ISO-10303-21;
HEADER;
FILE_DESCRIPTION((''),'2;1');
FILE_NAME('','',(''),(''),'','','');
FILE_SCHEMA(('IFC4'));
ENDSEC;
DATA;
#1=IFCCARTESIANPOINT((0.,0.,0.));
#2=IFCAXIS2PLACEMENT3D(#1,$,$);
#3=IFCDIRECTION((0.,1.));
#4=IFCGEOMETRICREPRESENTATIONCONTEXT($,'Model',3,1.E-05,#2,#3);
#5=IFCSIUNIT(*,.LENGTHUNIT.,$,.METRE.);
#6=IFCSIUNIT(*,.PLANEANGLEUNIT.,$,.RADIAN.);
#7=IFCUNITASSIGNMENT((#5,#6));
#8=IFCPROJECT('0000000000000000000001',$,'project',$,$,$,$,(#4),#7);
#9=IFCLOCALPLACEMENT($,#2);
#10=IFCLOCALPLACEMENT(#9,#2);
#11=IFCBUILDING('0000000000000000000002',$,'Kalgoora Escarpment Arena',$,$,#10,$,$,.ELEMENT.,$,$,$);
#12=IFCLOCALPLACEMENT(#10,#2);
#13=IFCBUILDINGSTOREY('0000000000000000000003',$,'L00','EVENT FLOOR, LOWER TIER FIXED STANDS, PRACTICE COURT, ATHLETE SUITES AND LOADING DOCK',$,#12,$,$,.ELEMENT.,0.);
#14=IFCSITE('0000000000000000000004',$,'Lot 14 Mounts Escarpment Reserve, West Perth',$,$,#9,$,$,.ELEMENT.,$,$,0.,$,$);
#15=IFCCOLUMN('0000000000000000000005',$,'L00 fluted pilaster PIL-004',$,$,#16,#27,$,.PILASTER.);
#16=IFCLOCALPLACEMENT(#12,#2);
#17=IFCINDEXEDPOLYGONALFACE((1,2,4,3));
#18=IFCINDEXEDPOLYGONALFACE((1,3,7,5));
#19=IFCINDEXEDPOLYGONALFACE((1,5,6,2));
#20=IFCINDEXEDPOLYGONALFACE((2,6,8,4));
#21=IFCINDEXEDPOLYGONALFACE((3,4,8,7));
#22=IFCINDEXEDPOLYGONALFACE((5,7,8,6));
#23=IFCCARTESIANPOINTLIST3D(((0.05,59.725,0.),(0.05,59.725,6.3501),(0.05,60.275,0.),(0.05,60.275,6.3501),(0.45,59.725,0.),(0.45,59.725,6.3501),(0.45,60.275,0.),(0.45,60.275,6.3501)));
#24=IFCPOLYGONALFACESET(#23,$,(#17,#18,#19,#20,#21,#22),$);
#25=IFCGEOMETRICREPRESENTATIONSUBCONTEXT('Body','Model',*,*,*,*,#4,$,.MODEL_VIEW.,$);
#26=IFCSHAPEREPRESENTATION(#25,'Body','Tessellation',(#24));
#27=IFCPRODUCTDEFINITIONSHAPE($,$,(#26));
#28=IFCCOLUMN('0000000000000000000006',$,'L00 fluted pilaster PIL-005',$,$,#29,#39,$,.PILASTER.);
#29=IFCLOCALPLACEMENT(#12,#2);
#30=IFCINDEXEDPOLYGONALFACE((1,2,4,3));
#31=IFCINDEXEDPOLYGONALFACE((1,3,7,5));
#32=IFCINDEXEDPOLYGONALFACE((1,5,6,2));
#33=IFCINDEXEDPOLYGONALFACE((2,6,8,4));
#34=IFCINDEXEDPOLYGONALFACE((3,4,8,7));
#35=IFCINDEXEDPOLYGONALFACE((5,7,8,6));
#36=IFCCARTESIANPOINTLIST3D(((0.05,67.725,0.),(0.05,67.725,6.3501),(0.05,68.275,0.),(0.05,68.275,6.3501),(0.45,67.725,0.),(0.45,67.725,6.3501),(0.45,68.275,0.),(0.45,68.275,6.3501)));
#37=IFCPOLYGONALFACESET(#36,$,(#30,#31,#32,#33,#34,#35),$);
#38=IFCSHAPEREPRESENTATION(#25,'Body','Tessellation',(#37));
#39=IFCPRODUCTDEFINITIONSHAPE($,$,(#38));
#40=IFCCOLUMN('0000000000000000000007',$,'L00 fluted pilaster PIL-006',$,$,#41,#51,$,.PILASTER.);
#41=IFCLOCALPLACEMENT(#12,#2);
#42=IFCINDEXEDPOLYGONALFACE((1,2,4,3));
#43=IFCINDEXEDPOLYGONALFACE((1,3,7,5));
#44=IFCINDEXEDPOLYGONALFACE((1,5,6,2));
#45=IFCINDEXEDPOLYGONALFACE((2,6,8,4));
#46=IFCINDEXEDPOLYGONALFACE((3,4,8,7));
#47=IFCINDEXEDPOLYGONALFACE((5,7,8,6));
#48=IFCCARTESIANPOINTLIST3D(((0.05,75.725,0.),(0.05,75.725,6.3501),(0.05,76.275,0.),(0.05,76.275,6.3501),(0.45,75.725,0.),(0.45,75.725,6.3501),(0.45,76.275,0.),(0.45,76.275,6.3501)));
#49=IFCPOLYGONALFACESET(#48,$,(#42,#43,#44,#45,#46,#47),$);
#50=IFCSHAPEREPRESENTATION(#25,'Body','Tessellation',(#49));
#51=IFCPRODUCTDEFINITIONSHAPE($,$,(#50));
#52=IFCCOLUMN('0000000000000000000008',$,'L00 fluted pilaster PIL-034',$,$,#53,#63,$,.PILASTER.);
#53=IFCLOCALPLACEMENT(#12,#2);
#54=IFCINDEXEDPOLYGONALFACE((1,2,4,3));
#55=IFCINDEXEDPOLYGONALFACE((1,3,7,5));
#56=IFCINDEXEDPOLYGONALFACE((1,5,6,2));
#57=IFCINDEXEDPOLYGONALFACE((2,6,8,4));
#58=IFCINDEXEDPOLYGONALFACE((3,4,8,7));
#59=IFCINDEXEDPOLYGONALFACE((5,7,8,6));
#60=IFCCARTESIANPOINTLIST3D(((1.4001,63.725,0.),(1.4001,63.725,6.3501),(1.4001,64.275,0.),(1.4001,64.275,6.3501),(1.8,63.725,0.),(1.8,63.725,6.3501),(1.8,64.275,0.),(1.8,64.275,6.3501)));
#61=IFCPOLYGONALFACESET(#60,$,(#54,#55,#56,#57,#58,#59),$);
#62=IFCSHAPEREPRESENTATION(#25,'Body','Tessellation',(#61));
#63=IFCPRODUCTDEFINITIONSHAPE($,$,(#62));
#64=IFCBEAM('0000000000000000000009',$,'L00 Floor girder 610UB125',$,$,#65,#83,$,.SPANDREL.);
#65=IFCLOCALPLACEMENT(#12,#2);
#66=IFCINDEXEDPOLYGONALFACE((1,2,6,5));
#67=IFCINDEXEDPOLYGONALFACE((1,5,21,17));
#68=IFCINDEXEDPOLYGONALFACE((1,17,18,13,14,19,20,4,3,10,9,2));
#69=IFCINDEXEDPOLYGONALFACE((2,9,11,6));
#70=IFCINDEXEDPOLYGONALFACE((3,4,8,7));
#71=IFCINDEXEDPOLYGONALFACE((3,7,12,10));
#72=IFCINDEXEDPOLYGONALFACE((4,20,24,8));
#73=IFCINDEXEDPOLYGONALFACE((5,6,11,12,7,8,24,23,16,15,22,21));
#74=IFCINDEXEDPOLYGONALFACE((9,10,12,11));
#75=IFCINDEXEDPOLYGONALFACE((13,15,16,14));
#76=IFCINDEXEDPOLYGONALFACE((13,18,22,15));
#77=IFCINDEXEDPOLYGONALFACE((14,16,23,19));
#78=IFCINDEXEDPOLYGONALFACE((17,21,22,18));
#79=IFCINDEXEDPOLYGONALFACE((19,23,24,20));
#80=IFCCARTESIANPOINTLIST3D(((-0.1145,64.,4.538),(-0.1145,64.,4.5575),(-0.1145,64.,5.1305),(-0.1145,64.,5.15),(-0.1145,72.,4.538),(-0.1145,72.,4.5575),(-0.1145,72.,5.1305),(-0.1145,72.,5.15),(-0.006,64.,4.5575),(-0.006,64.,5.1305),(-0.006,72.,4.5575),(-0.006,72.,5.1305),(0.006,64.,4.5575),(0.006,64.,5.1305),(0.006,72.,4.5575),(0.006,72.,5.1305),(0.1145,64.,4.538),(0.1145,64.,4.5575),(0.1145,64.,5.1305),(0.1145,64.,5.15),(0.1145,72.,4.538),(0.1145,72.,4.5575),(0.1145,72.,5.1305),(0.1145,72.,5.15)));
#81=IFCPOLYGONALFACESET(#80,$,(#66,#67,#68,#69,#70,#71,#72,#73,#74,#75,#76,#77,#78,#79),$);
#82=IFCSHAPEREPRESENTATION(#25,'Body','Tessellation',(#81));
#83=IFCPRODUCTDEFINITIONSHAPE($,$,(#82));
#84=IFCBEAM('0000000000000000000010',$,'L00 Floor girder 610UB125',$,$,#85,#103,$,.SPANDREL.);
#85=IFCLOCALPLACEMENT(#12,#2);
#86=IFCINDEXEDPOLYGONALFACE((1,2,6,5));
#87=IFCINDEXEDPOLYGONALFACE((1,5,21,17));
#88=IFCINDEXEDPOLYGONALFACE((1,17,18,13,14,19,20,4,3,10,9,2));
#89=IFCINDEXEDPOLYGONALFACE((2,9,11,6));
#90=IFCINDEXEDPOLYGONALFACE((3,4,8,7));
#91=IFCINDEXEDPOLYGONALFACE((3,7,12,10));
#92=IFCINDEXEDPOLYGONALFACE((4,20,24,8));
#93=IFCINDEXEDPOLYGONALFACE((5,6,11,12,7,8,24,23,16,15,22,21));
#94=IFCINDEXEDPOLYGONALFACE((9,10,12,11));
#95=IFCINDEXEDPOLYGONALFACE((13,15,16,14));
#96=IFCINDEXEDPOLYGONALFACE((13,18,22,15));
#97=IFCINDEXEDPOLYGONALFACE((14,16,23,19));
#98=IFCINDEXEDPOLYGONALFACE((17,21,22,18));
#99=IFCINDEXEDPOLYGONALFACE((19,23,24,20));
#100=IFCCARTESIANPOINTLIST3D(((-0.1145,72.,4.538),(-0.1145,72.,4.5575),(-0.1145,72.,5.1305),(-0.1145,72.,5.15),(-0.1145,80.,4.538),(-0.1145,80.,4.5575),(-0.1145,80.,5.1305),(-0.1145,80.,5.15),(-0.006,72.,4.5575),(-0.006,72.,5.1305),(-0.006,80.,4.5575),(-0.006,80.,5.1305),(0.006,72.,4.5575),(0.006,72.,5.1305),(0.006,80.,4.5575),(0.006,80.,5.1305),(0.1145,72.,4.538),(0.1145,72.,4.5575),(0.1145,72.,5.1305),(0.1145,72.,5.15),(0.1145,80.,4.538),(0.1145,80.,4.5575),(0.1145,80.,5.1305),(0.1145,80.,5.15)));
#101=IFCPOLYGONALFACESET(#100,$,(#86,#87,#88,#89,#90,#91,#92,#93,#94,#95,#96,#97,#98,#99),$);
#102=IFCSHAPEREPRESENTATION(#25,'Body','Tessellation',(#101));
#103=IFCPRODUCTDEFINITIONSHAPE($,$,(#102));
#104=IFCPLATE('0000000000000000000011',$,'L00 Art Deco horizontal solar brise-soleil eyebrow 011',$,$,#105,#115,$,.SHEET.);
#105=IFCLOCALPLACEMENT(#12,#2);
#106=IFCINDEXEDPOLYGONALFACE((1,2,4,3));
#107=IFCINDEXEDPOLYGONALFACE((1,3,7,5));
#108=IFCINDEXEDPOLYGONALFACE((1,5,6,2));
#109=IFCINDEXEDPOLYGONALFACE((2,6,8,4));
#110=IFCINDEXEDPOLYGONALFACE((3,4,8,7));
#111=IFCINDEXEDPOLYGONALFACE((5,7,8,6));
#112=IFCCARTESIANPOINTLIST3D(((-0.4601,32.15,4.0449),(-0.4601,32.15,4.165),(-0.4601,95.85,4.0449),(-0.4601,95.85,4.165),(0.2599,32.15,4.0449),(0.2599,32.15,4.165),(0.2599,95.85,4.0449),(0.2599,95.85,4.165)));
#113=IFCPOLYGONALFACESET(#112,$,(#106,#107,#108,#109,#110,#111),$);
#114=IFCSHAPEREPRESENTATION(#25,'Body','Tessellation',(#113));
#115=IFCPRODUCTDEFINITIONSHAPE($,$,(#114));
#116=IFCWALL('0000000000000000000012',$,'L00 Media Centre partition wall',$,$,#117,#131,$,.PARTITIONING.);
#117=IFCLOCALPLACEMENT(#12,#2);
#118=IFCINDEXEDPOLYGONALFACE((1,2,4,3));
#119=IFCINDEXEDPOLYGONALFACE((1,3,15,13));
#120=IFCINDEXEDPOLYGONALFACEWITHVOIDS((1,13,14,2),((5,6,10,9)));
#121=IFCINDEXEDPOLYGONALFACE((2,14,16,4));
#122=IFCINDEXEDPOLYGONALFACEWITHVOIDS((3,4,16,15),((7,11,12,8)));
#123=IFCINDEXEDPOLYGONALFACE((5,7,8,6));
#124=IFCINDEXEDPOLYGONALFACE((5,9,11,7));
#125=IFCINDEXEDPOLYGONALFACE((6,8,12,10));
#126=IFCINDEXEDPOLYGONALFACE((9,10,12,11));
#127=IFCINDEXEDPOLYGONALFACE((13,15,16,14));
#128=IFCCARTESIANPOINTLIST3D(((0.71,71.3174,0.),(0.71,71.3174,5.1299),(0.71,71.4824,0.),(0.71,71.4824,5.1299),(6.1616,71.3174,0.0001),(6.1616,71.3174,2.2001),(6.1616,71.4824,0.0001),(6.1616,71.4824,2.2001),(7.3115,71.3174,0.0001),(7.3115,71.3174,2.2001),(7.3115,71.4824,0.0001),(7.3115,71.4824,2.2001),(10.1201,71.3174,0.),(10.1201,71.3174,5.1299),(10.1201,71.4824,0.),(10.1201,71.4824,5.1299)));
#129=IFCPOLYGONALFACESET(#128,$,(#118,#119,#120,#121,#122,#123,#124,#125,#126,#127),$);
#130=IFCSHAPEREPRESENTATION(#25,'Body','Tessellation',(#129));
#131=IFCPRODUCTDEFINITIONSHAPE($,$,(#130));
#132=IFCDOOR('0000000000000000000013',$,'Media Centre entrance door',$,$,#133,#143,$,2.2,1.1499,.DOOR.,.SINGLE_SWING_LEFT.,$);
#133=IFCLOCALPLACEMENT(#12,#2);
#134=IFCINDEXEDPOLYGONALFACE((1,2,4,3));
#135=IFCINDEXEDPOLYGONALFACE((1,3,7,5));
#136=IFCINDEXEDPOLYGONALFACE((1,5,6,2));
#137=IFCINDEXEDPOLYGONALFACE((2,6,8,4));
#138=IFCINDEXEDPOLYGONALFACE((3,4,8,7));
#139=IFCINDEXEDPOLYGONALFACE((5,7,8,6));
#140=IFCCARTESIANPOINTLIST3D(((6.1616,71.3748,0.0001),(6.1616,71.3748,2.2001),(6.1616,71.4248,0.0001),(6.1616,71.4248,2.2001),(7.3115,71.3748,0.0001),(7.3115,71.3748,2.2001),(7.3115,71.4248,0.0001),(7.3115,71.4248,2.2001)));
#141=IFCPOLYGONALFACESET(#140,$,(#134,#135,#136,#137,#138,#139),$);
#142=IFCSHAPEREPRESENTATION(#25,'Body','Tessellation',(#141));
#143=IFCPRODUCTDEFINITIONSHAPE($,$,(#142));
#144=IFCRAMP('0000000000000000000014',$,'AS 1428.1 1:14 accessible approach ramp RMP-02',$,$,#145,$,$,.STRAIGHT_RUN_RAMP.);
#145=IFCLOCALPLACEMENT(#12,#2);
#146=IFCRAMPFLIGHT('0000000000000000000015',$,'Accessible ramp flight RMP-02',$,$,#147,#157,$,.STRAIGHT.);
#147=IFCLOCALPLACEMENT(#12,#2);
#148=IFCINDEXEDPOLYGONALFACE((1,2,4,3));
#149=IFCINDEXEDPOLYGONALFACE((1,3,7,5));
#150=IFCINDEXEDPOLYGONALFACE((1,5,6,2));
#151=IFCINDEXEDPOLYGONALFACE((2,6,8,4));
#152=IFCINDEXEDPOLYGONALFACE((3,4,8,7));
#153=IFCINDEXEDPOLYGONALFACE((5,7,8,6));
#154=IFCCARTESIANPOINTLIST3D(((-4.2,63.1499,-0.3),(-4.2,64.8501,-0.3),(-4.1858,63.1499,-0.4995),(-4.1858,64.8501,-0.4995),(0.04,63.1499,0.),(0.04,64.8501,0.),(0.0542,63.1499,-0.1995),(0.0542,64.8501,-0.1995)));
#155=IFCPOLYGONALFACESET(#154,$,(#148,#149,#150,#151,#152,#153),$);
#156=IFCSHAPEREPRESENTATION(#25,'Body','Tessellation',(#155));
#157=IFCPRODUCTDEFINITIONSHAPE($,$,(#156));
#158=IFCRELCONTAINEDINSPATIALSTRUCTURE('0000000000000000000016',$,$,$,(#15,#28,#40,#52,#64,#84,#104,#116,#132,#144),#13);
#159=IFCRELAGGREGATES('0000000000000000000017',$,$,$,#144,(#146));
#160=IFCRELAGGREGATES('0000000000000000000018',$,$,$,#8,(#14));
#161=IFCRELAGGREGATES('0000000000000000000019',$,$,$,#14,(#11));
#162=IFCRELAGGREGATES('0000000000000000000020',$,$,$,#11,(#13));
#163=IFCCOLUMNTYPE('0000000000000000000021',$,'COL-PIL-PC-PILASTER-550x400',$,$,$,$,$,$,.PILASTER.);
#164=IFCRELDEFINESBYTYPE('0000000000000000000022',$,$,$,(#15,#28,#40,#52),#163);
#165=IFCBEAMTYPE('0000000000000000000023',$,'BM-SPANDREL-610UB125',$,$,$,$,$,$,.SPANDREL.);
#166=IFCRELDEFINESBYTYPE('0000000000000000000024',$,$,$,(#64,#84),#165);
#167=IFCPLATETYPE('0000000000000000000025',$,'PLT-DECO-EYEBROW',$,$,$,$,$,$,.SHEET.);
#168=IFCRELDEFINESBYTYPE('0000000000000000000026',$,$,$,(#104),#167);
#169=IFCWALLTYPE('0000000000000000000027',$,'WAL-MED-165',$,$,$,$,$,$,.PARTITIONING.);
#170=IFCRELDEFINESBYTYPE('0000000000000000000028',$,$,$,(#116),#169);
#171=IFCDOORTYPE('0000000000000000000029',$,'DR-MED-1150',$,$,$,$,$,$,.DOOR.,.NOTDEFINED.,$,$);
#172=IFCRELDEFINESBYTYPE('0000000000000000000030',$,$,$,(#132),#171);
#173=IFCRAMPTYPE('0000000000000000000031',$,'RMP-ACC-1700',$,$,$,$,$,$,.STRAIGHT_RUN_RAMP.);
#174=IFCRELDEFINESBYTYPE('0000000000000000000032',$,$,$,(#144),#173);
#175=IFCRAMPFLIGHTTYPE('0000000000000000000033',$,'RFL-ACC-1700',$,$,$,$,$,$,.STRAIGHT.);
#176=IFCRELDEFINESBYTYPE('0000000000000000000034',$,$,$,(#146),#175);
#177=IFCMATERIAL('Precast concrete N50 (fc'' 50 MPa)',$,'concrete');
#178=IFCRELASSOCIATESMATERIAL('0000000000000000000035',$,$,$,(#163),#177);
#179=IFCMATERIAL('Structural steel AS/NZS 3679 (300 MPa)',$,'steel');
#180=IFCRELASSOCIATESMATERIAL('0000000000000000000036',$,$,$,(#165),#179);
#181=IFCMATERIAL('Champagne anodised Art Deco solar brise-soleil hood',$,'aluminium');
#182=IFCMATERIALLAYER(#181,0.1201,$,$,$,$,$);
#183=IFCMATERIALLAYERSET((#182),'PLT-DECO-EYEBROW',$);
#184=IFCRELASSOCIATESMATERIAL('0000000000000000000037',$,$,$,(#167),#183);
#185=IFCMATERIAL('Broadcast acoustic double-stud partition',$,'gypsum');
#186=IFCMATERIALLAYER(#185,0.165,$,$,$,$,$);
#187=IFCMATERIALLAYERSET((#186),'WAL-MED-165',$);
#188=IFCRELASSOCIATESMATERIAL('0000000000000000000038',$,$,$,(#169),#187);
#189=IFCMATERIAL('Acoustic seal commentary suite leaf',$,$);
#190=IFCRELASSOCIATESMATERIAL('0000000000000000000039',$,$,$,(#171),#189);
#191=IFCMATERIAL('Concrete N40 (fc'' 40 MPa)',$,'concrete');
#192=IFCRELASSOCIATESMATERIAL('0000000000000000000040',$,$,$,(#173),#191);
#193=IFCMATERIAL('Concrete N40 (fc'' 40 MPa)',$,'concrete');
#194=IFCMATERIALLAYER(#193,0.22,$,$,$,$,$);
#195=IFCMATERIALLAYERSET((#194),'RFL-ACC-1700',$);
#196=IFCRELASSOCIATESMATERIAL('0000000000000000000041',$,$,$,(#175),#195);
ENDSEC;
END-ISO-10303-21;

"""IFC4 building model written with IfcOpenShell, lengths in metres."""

from ifc_helpers import new_model, si_unit, direction, frame, frame_2d, origin, origin_2d, place, context, subcontext, project, spatial, polyline, rectangle, i_section, outline, extrude, material, layer, layer_set, material_profile, profile_set, type_object, element, fill, aggregate, save


model = new_model("IFC4")

# Units and contexts
model_context = context("Model", 3, precision=1e-05, world=origin(), true_north=direction((0.0, 1.0)))
body_context = subcontext(model_context, "Body", "Model", "MODEL_VIEW")
ifc_project = project(units=[si_unit("LENGTHUNIT", "METRE"), si_unit("PLANEANGLEUNIT", "RADIAN")], contexts=[model_context])

# Site, building, storey
site_placement = place(None, origin())
site = spatial("IfcSite", under=ifc_project, at=site_placement, Name="Lot 14 Mounts Escarpment Reserve, West Perth", CompositionType="ELEMENT", RefElevation=0.0)
building_placement = place(site_placement, origin())
building = spatial("IfcBuilding", under=site, at=building_placement, Name="Kalgoora Escarpment Arena", CompositionType="ELEMENT")
storey_placement = place(building_placement, origin())
storey = spatial("IfcBuildingStorey", under=building, at=storey_placement, Name="L00", Description="EVENT FLOOR, LOWER TIER FIXED STANDS, PRACTICE COURT, ATHLETE SUITES AND LOADING DOCK", CompositionType="ELEMENT", Elevation=0.0)

# Columns
ifc_material_1 = material(Name="Precast concrete N50 (fc' 50 MPa)", Category="concrete")
ifc_material_profile_1 = material_profile(ifc_material_1, rectangle(XDim=0.3999, YDim=0.55, at=origin_2d()))
ifc_profile_set_1 = profile_set([ifc_material_profile_1], Name="Precast concrete N50 (fc' 50 MPa)")
column_type_1 = type_object("IfcColumnType", Name="COL-PIL-PC-PILASTER-550x400", PredefinedType="PILASTER", material=ifc_profile_set_1)
for number, where, z_axis, x_axis, name in (
    (1, (0.25, 60.0, 0.0), (0.0, 0.0, 1.0), (1.0, 0.0, 0.0), "L00 fluted pilaster PIL-004"),
    (2, (0.25, 68.0, 0.0), (0.0, 0.0, 1.0), (1.0, 0.0, 0.0), "L00 fluted pilaster PIL-005"),
    (3, (0.25, 76.0, 0.0), (0.0, 0.0, 1.0), (1.0, 0.0, 0.0), "L00 fluted pilaster PIL-006"),
    (4, (1.6001, 64.0, 0.0), (0.0, 0.0, 1.0), (-1.0, 0.0, 0.0), "L00 fluted pilaster PIL-034"),
):
    element("IfcColumn", number, at=place(storey_placement, frame(where, z_axis=z_axis, x_axis=x_axis)), inside=storey, type_object=column_type_1, Name=name, PredefinedType="PILASTER", context=body_context, shape_type="SweptSolid", body=[
        extrude(rectangle(XDim=0.3999, YDim=0.55, at=origin_2d()), origin(), (0.0, 0.0, 1.0), 6.3501),
    ])

# Beams
ifc_material_2 = material(Name="Structural steel AS/NZS 3679 (300 MPa)", Category="steel")
ifc_material_profile_2 = material_profile(ifc_material_2, i_section(OverallWidth=0.229, OverallDepth=0.6121, WebThickness=0.012, FlangeThickness=0.0195, at=origin_2d()))
ifc_profile_set_2 = profile_set([ifc_material_profile_2], Name="Structural steel AS/NZS 3679 (300 MPa)")
beam_type = type_object("IfcBeamType", Name="BM-SPANDREL-610UB125", PredefinedType="SPANDREL", material=ifc_profile_set_2)
for number, where, z_axis, x_axis, name in (
    (5, (0.0, 64.0, 4.844), (0.0, 1.0, 0.0), (-1.0, 0.0, 0.0), "L00 Floor girder 610UB125"),
    (6, (0.0, 72.0, 4.844), (0.0, 1.0, 0.0), (-1.0, 0.0, 0.0), "L00 Floor girder 610UB125"),
):
    element("IfcBeam", number, at=place(storey_placement, frame(where, z_axis=z_axis, x_axis=x_axis)), inside=storey, type_object=beam_type, Name=name, PredefinedType="SPANDREL", context=body_context, shape_type="SweptSolid", body=[
        extrude(i_section(OverallWidth=0.229, OverallDepth=0.6121, WebThickness=0.012, FlangeThickness=0.0195, at=origin_2d()), origin(), (0.0, 0.0, 1.0), 8.0),
    ])

# Plate
ifc_material_3 = material(Name="Champagne anodised Art Deco solar brise-soleil hood", Category="aluminium")
ifc_layer_1 = layer(ifc_material_3, 0.1201)
ifc_layer_set_1 = layer_set([ifc_layer_1], Name="PLT-DECO-EYEBROW")
plate_type = type_object("IfcPlateType", Name="PLT-DECO-EYEBROW", PredefinedType="SHEET", material=ifc_layer_set_1)
plate_placement = place(storey_placement, frame((-0.1001, 64.0, 4.0449), z_axis=(0.0, 0.0, 1.0), x_axis=(0.0, 1.0, 0.0)))
element("IfcPlate", 7, at=plate_placement, inside=storey, type_object=plate_type, Name="L00 Art Deco horizontal solar brise-soleil eyebrow 011", PredefinedType="SHEET", context=body_context, shape_type="SweptSolid", body=[
    extrude(rectangle(XDim=63.7, YDim=0.72, at=origin_2d()), origin(), (0.0, 0.0, 1.0), 0.1201),
])

# Wall, opening, door
ifc_material_4 = material(Name="Broadcast acoustic double-stud partition", Category="gypsum")
ifc_layer_2 = layer(ifc_material_4, 0.165)
ifc_layer_set_2 = layer_set([ifc_layer_2], Name="WAL-MED-165")
wall_type = type_object("IfcWallType", Name="WAL-MED-165", PredefinedType="PARTITIONING", material=ifc_layer_set_2)
wall_placement = place(storey_placement, frame((0.71, 71.3999, 0.0), z_axis=(0.0, 0.0, 1.0), x_axis=(1.0, 0.0, 0.0)))
wall = element("IfcWall", 8, at=wall_placement, inside=storey, type_object=wall_type, Name="L00 Media Centre partition wall", PredefinedType="PARTITIONING", context=body_context, shape_type="SweptSolid", body=[
    extrude(rectangle(XDim=9.4102, YDim=0.165, at=frame_2d((4.7051, 0.0))), origin(), (0.0, 0.0, 1.0), 5.1299),
])
opening_placement = place(wall_placement, frame((5.4517, 0.0, 0.0)))
opening = element("IfcOpeningElement", 9, at=opening_placement, cuts=wall, PredefinedType="OPENING", context=body_context, shape_type="SweptSolid", body=[
    extrude(rectangle(XDim=1.1499, YDim=2.2, at=frame_2d((0.575, 1.1001))), frame((0.0, 0.0925, 0.0), z_axis=(0.0, -1.0, 0.0), x_axis=(1.0, 0.0, 0.0)), (0.0, 0.0, 1.0), 0.1851),
])
ifc_material_5 = material(Name="Acoustic seal commentary suite leaf")
door_type = type_object("IfcDoorType", Name="DR-MED-1150", OperationType="NOTDEFINED", PredefinedType="DOOR", material=ifc_material_5)
door_placement = place(opening_placement, origin())
door = element("IfcDoor", 10, at=door_placement, inside=storey, type_object=door_type, Name="Media Centre entrance door", OperationType="SINGLE_SWING_LEFT", OverallHeight=2.2, OverallWidth=1.1499, PredefinedType="DOOR", context=body_context, shape_type="SweptSolid", body=[
    extrude(rectangle(XDim=1.1499, YDim=2.2, at=frame_2d((0.575, 1.1001))), frame((0.0, 0.0249, 0.0), z_axis=(0.0, -1.0, 0.0), x_axis=(1.0, 0.0, 0.0)), (0.0, 0.0, 1.0), 0.05),
])
fill(opening, door)

# Ramp, ramp flight
ifc_material_6 = material(Name="Concrete N40 (fc' 40 MPa)", Category="concrete")
ramp_type = type_object("IfcRampType", Name="RMP-ACC-1700", PredefinedType="STRAIGHT_RUN_RAMP", material=ifc_material_6)
ramp_placement = place(storey_placement, origin())
ramp = element("IfcRamp", 11, at=ramp_placement, inside=storey, type_object=ramp_type, Name="AS 1428.1 1:14 accessible approach ramp RMP-02", PredefinedType="STRAIGHT_RUN_RAMP")
ifc_material_7 = material(Name="Concrete N40 (fc' 40 MPa)", Category="concrete")
ifc_layer_3 = layer(ifc_material_7, 0.22)
ifc_layer_set_3 = layer_set([ifc_layer_3], Name="RFL-ACC-1700")
ramp_flight_type = type_object("IfcRampFlightType", Name="RFL-ACC-1700", PredefinedType="STRAIGHT", material=ifc_layer_set_3)
ramp_flight_placement = place(storey_placement, frame((-4.2, 63.1499, -0.3), z_axis=(-0.07059, 0.0, 0.997505), x_axis=(0.997505, 0.0, 0.07059)))
ramp_flight = element("IfcRampFlight", 12, at=ramp_flight_placement, type_object=ramp_flight_type, Name="Accessible ramp flight RMP-02", PredefinedType="STRAIGHT", context=body_context, shape_type="SweptSolid", body=[
    extrude(outline(polyline([(0.0, 0.0), (4.2506, 0.0), (4.2506, 1.7002), (0.0, 1.7002), (0.0, 0.0)])), origin(), (0.0, 0.0, -1.0), 0.2),
])
aggregate(ramp, [ramp_flight])

save(model, "model.ifc")
